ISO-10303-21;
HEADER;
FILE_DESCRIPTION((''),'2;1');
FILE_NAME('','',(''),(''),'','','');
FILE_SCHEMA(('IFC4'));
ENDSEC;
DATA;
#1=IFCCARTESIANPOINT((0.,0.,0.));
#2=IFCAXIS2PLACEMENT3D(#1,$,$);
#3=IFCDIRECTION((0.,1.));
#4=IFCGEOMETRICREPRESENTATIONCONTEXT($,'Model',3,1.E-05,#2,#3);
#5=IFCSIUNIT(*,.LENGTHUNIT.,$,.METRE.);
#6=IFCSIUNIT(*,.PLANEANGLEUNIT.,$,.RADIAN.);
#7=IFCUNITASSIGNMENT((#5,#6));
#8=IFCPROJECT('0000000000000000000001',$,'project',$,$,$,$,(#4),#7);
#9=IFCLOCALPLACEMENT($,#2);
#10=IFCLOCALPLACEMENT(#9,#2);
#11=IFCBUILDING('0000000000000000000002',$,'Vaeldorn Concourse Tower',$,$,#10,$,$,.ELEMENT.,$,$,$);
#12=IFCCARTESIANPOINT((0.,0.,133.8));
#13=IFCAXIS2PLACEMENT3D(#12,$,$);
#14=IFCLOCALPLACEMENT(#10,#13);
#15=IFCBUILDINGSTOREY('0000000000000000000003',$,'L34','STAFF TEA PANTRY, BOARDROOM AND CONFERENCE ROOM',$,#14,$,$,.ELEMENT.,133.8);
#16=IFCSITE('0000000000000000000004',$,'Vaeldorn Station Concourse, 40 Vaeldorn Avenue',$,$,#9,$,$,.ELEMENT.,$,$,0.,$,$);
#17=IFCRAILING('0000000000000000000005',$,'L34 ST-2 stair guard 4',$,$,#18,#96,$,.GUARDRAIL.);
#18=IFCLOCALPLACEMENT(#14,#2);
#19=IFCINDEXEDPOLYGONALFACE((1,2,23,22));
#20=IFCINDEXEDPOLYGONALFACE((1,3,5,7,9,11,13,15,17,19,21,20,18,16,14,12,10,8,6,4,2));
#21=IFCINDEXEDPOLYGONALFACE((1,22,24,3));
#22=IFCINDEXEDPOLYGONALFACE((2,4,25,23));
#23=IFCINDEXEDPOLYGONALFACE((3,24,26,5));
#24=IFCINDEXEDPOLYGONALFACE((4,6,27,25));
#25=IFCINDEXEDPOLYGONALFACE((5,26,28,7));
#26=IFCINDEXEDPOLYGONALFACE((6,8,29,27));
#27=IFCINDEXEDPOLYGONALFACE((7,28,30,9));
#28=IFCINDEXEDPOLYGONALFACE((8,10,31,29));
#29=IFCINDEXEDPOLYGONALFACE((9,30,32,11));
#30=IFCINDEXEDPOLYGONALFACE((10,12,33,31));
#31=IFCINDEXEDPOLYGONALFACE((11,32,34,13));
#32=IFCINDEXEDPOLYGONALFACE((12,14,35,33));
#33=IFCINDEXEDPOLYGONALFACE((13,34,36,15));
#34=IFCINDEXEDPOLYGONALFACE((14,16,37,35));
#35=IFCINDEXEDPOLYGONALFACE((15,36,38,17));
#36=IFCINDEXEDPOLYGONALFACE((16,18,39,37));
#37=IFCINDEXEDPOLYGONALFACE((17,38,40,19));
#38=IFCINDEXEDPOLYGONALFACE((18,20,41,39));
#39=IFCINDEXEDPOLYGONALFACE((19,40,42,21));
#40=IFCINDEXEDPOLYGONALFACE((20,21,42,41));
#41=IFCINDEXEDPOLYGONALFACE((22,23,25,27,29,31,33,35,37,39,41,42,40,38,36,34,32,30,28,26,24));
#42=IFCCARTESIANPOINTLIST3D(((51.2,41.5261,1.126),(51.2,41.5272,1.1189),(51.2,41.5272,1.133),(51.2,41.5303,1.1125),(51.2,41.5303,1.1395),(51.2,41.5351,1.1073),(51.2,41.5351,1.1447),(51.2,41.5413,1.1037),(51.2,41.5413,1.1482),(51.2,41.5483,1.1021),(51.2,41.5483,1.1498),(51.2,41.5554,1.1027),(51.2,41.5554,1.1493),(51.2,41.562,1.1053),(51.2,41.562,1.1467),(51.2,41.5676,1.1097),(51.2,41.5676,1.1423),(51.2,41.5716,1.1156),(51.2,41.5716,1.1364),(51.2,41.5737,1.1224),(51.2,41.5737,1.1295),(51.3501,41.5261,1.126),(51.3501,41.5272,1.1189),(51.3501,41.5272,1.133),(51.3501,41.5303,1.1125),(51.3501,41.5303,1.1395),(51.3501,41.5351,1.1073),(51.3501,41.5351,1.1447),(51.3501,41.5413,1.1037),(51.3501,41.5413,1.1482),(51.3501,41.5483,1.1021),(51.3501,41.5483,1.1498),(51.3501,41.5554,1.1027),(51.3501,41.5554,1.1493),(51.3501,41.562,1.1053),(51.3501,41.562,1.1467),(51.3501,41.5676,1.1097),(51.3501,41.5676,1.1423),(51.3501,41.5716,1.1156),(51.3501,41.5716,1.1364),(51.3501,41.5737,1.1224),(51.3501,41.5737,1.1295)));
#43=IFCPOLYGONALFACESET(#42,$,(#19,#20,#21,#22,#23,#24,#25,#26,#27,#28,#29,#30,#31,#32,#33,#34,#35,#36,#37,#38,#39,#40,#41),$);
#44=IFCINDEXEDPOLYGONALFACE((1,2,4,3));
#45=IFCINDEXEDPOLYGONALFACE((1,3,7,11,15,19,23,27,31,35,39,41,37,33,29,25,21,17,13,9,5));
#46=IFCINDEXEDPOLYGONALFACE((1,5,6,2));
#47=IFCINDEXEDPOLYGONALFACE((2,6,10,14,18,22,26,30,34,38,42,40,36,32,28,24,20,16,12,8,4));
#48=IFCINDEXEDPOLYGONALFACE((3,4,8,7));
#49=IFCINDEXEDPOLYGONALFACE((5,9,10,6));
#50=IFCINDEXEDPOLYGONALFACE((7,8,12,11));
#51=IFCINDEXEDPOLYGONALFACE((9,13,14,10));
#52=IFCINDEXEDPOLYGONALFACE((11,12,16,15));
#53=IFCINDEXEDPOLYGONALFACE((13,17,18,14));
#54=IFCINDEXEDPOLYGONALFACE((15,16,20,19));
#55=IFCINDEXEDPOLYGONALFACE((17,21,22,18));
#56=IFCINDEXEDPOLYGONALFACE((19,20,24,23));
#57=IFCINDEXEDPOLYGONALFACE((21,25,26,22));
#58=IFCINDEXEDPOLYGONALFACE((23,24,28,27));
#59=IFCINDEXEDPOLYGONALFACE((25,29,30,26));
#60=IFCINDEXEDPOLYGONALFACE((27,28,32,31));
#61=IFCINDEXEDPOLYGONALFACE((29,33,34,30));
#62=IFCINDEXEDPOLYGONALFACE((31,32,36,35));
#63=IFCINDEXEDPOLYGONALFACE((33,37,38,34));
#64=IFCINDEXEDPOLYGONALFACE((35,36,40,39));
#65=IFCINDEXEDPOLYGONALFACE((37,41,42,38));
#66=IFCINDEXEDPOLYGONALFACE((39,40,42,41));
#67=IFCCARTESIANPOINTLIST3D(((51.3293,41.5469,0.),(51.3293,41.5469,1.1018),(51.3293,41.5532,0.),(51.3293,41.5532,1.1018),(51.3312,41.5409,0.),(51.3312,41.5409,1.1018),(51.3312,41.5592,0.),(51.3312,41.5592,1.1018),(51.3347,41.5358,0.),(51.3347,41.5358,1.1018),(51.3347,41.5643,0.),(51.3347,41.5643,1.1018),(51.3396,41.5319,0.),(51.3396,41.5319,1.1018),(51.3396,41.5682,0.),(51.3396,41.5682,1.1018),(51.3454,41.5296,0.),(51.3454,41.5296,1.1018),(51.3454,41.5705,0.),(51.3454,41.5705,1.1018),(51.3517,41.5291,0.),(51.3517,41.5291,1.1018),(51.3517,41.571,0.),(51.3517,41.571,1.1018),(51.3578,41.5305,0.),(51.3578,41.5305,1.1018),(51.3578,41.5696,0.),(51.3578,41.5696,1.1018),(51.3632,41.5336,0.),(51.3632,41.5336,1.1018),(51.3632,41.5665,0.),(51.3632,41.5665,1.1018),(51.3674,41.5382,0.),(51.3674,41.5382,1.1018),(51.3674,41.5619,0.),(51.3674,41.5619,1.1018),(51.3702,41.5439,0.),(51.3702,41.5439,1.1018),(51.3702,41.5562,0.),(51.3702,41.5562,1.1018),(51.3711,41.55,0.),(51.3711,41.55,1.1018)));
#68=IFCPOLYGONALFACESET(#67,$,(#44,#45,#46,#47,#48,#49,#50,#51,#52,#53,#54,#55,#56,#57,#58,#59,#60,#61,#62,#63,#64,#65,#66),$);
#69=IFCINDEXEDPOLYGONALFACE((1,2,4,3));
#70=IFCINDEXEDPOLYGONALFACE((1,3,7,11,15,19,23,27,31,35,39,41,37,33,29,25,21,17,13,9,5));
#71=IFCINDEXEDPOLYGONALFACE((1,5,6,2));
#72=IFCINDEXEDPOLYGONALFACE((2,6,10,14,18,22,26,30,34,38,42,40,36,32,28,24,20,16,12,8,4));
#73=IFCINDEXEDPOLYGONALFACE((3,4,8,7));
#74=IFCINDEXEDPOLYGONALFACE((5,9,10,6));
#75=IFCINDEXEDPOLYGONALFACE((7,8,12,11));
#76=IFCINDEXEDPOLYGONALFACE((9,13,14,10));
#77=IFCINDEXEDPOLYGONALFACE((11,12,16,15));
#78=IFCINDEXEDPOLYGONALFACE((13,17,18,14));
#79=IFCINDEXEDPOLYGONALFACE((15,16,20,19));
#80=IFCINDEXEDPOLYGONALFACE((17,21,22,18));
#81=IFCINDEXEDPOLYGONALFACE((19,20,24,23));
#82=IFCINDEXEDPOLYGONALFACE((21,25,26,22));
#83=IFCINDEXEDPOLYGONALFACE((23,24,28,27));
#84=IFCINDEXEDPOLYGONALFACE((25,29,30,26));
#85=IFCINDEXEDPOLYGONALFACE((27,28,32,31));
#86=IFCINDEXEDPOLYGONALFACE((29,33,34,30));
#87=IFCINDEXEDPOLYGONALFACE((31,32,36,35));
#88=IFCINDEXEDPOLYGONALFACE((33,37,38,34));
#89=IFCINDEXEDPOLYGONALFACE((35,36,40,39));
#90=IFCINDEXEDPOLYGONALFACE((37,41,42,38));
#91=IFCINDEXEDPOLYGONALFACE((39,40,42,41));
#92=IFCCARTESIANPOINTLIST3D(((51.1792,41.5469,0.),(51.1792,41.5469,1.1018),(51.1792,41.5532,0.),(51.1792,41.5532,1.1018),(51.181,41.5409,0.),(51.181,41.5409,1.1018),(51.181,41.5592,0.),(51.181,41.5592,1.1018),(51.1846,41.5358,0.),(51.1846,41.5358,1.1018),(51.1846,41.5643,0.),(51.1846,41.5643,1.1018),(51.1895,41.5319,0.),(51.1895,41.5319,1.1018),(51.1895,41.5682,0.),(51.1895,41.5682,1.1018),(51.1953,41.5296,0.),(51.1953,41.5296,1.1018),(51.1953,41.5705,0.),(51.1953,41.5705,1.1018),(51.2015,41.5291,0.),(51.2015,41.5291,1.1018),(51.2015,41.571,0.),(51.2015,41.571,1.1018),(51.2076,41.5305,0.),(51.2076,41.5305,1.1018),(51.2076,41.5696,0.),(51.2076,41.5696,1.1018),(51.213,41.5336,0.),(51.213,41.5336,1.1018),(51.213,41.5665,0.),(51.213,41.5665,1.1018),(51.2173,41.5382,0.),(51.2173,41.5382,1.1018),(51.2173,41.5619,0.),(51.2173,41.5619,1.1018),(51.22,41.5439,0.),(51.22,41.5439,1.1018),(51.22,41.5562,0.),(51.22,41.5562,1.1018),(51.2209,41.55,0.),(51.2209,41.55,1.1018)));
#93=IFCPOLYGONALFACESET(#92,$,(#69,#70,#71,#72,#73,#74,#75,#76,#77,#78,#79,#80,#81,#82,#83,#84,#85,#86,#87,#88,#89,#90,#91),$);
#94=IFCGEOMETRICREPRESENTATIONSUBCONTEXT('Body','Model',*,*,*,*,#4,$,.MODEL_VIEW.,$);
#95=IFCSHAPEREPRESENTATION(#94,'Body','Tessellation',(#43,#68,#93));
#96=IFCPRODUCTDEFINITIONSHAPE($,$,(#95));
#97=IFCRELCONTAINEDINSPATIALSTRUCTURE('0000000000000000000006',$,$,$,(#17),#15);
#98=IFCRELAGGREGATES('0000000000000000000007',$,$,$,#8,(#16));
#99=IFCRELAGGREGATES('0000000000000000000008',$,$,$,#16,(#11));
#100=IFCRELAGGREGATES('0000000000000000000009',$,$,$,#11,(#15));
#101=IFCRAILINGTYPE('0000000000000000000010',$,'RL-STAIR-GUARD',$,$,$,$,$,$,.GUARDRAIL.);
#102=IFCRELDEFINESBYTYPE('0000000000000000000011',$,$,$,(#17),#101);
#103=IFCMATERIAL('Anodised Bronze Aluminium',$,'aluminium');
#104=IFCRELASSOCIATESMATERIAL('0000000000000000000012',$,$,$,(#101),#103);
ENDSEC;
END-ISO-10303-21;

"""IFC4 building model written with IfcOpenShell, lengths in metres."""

from ifc_helpers import new_model, si_unit, direction, frame, origin, origin_2d, place, context, subcontext, project, spatial, circle, extrude, material, type_object, element, save


model = new_model("IFC4")

# Units and contexts
model_context = context("Model", 3, precision=1e-05, world=origin(), true_north=direction((0.0, 1.0)))
body_context = subcontext(model_context, "Body", "Model", "MODEL_VIEW")
ifc_project = project(units=[si_unit("LENGTHUNIT", "METRE"), si_unit("PLANEANGLEUNIT", "RADIAN")], contexts=[model_context])

# Site, building, storey
site_placement = place(None, origin())
site = spatial("IfcSite", under=ifc_project, at=site_placement, Name="Vaeldorn Station Concourse, 40 Vaeldorn Avenue", CompositionType="ELEMENT", RefElevation=0.0)
building_placement = place(site_placement, origin())
building = spatial("IfcBuilding", under=site, at=building_placement, Name="Vaeldorn Concourse Tower", CompositionType="ELEMENT")
storey_placement = place(building_placement, frame((0.0, 0.0, 133.8)))
storey = spatial("IfcBuildingStorey", under=building, at=storey_placement, Name="L34", Description="STAFF TEA PANTRY, BOARDROOM AND CONFERENCE ROOM", CompositionType="ELEMENT", Elevation=133.8)

# Shared definitions
ifc_material_1 = material(Name="Anodised Bronze Aluminium", Category="aluminium")

# Railing
railing_type_1 = type_object("IfcRailingType", Name="RL-STAIR-GUARD", PredefinedType="GUARDRAIL", material=ifc_material_1)
railing_1_placement = place(storey_placement, frame((51.3501, 41.55, 0.0)))
element("IfcRailing", 1, at=railing_1_placement, inside=storey, type_object=railing_type_1, Name="L34 ST-2 stair guard 4", PredefinedType="GUARDRAIL", context=body_context, shape_type="SweptSolid", body=[
    extrude(circle(Radius=0.0239, at=origin_2d()), frame((0.0, 0.0, 1.126), z_axis=(-1.0, 0.0, 0.0), x_axis=(0.0, -1.0, 0.0)), (0.0, 0.0, 1.0), 0.1501),
    extrude(circle(Radius=0.021, at=origin_2d()), origin(), (0.0, 0.0, 1.0), 1.1018),
    extrude(circle(Radius=0.021, at=origin_2d()), frame((-0.1501, 0.0, 0.0)), (0.0, 0.0, 1.0), 1.1018),
])

save(model, "model.ifc")
